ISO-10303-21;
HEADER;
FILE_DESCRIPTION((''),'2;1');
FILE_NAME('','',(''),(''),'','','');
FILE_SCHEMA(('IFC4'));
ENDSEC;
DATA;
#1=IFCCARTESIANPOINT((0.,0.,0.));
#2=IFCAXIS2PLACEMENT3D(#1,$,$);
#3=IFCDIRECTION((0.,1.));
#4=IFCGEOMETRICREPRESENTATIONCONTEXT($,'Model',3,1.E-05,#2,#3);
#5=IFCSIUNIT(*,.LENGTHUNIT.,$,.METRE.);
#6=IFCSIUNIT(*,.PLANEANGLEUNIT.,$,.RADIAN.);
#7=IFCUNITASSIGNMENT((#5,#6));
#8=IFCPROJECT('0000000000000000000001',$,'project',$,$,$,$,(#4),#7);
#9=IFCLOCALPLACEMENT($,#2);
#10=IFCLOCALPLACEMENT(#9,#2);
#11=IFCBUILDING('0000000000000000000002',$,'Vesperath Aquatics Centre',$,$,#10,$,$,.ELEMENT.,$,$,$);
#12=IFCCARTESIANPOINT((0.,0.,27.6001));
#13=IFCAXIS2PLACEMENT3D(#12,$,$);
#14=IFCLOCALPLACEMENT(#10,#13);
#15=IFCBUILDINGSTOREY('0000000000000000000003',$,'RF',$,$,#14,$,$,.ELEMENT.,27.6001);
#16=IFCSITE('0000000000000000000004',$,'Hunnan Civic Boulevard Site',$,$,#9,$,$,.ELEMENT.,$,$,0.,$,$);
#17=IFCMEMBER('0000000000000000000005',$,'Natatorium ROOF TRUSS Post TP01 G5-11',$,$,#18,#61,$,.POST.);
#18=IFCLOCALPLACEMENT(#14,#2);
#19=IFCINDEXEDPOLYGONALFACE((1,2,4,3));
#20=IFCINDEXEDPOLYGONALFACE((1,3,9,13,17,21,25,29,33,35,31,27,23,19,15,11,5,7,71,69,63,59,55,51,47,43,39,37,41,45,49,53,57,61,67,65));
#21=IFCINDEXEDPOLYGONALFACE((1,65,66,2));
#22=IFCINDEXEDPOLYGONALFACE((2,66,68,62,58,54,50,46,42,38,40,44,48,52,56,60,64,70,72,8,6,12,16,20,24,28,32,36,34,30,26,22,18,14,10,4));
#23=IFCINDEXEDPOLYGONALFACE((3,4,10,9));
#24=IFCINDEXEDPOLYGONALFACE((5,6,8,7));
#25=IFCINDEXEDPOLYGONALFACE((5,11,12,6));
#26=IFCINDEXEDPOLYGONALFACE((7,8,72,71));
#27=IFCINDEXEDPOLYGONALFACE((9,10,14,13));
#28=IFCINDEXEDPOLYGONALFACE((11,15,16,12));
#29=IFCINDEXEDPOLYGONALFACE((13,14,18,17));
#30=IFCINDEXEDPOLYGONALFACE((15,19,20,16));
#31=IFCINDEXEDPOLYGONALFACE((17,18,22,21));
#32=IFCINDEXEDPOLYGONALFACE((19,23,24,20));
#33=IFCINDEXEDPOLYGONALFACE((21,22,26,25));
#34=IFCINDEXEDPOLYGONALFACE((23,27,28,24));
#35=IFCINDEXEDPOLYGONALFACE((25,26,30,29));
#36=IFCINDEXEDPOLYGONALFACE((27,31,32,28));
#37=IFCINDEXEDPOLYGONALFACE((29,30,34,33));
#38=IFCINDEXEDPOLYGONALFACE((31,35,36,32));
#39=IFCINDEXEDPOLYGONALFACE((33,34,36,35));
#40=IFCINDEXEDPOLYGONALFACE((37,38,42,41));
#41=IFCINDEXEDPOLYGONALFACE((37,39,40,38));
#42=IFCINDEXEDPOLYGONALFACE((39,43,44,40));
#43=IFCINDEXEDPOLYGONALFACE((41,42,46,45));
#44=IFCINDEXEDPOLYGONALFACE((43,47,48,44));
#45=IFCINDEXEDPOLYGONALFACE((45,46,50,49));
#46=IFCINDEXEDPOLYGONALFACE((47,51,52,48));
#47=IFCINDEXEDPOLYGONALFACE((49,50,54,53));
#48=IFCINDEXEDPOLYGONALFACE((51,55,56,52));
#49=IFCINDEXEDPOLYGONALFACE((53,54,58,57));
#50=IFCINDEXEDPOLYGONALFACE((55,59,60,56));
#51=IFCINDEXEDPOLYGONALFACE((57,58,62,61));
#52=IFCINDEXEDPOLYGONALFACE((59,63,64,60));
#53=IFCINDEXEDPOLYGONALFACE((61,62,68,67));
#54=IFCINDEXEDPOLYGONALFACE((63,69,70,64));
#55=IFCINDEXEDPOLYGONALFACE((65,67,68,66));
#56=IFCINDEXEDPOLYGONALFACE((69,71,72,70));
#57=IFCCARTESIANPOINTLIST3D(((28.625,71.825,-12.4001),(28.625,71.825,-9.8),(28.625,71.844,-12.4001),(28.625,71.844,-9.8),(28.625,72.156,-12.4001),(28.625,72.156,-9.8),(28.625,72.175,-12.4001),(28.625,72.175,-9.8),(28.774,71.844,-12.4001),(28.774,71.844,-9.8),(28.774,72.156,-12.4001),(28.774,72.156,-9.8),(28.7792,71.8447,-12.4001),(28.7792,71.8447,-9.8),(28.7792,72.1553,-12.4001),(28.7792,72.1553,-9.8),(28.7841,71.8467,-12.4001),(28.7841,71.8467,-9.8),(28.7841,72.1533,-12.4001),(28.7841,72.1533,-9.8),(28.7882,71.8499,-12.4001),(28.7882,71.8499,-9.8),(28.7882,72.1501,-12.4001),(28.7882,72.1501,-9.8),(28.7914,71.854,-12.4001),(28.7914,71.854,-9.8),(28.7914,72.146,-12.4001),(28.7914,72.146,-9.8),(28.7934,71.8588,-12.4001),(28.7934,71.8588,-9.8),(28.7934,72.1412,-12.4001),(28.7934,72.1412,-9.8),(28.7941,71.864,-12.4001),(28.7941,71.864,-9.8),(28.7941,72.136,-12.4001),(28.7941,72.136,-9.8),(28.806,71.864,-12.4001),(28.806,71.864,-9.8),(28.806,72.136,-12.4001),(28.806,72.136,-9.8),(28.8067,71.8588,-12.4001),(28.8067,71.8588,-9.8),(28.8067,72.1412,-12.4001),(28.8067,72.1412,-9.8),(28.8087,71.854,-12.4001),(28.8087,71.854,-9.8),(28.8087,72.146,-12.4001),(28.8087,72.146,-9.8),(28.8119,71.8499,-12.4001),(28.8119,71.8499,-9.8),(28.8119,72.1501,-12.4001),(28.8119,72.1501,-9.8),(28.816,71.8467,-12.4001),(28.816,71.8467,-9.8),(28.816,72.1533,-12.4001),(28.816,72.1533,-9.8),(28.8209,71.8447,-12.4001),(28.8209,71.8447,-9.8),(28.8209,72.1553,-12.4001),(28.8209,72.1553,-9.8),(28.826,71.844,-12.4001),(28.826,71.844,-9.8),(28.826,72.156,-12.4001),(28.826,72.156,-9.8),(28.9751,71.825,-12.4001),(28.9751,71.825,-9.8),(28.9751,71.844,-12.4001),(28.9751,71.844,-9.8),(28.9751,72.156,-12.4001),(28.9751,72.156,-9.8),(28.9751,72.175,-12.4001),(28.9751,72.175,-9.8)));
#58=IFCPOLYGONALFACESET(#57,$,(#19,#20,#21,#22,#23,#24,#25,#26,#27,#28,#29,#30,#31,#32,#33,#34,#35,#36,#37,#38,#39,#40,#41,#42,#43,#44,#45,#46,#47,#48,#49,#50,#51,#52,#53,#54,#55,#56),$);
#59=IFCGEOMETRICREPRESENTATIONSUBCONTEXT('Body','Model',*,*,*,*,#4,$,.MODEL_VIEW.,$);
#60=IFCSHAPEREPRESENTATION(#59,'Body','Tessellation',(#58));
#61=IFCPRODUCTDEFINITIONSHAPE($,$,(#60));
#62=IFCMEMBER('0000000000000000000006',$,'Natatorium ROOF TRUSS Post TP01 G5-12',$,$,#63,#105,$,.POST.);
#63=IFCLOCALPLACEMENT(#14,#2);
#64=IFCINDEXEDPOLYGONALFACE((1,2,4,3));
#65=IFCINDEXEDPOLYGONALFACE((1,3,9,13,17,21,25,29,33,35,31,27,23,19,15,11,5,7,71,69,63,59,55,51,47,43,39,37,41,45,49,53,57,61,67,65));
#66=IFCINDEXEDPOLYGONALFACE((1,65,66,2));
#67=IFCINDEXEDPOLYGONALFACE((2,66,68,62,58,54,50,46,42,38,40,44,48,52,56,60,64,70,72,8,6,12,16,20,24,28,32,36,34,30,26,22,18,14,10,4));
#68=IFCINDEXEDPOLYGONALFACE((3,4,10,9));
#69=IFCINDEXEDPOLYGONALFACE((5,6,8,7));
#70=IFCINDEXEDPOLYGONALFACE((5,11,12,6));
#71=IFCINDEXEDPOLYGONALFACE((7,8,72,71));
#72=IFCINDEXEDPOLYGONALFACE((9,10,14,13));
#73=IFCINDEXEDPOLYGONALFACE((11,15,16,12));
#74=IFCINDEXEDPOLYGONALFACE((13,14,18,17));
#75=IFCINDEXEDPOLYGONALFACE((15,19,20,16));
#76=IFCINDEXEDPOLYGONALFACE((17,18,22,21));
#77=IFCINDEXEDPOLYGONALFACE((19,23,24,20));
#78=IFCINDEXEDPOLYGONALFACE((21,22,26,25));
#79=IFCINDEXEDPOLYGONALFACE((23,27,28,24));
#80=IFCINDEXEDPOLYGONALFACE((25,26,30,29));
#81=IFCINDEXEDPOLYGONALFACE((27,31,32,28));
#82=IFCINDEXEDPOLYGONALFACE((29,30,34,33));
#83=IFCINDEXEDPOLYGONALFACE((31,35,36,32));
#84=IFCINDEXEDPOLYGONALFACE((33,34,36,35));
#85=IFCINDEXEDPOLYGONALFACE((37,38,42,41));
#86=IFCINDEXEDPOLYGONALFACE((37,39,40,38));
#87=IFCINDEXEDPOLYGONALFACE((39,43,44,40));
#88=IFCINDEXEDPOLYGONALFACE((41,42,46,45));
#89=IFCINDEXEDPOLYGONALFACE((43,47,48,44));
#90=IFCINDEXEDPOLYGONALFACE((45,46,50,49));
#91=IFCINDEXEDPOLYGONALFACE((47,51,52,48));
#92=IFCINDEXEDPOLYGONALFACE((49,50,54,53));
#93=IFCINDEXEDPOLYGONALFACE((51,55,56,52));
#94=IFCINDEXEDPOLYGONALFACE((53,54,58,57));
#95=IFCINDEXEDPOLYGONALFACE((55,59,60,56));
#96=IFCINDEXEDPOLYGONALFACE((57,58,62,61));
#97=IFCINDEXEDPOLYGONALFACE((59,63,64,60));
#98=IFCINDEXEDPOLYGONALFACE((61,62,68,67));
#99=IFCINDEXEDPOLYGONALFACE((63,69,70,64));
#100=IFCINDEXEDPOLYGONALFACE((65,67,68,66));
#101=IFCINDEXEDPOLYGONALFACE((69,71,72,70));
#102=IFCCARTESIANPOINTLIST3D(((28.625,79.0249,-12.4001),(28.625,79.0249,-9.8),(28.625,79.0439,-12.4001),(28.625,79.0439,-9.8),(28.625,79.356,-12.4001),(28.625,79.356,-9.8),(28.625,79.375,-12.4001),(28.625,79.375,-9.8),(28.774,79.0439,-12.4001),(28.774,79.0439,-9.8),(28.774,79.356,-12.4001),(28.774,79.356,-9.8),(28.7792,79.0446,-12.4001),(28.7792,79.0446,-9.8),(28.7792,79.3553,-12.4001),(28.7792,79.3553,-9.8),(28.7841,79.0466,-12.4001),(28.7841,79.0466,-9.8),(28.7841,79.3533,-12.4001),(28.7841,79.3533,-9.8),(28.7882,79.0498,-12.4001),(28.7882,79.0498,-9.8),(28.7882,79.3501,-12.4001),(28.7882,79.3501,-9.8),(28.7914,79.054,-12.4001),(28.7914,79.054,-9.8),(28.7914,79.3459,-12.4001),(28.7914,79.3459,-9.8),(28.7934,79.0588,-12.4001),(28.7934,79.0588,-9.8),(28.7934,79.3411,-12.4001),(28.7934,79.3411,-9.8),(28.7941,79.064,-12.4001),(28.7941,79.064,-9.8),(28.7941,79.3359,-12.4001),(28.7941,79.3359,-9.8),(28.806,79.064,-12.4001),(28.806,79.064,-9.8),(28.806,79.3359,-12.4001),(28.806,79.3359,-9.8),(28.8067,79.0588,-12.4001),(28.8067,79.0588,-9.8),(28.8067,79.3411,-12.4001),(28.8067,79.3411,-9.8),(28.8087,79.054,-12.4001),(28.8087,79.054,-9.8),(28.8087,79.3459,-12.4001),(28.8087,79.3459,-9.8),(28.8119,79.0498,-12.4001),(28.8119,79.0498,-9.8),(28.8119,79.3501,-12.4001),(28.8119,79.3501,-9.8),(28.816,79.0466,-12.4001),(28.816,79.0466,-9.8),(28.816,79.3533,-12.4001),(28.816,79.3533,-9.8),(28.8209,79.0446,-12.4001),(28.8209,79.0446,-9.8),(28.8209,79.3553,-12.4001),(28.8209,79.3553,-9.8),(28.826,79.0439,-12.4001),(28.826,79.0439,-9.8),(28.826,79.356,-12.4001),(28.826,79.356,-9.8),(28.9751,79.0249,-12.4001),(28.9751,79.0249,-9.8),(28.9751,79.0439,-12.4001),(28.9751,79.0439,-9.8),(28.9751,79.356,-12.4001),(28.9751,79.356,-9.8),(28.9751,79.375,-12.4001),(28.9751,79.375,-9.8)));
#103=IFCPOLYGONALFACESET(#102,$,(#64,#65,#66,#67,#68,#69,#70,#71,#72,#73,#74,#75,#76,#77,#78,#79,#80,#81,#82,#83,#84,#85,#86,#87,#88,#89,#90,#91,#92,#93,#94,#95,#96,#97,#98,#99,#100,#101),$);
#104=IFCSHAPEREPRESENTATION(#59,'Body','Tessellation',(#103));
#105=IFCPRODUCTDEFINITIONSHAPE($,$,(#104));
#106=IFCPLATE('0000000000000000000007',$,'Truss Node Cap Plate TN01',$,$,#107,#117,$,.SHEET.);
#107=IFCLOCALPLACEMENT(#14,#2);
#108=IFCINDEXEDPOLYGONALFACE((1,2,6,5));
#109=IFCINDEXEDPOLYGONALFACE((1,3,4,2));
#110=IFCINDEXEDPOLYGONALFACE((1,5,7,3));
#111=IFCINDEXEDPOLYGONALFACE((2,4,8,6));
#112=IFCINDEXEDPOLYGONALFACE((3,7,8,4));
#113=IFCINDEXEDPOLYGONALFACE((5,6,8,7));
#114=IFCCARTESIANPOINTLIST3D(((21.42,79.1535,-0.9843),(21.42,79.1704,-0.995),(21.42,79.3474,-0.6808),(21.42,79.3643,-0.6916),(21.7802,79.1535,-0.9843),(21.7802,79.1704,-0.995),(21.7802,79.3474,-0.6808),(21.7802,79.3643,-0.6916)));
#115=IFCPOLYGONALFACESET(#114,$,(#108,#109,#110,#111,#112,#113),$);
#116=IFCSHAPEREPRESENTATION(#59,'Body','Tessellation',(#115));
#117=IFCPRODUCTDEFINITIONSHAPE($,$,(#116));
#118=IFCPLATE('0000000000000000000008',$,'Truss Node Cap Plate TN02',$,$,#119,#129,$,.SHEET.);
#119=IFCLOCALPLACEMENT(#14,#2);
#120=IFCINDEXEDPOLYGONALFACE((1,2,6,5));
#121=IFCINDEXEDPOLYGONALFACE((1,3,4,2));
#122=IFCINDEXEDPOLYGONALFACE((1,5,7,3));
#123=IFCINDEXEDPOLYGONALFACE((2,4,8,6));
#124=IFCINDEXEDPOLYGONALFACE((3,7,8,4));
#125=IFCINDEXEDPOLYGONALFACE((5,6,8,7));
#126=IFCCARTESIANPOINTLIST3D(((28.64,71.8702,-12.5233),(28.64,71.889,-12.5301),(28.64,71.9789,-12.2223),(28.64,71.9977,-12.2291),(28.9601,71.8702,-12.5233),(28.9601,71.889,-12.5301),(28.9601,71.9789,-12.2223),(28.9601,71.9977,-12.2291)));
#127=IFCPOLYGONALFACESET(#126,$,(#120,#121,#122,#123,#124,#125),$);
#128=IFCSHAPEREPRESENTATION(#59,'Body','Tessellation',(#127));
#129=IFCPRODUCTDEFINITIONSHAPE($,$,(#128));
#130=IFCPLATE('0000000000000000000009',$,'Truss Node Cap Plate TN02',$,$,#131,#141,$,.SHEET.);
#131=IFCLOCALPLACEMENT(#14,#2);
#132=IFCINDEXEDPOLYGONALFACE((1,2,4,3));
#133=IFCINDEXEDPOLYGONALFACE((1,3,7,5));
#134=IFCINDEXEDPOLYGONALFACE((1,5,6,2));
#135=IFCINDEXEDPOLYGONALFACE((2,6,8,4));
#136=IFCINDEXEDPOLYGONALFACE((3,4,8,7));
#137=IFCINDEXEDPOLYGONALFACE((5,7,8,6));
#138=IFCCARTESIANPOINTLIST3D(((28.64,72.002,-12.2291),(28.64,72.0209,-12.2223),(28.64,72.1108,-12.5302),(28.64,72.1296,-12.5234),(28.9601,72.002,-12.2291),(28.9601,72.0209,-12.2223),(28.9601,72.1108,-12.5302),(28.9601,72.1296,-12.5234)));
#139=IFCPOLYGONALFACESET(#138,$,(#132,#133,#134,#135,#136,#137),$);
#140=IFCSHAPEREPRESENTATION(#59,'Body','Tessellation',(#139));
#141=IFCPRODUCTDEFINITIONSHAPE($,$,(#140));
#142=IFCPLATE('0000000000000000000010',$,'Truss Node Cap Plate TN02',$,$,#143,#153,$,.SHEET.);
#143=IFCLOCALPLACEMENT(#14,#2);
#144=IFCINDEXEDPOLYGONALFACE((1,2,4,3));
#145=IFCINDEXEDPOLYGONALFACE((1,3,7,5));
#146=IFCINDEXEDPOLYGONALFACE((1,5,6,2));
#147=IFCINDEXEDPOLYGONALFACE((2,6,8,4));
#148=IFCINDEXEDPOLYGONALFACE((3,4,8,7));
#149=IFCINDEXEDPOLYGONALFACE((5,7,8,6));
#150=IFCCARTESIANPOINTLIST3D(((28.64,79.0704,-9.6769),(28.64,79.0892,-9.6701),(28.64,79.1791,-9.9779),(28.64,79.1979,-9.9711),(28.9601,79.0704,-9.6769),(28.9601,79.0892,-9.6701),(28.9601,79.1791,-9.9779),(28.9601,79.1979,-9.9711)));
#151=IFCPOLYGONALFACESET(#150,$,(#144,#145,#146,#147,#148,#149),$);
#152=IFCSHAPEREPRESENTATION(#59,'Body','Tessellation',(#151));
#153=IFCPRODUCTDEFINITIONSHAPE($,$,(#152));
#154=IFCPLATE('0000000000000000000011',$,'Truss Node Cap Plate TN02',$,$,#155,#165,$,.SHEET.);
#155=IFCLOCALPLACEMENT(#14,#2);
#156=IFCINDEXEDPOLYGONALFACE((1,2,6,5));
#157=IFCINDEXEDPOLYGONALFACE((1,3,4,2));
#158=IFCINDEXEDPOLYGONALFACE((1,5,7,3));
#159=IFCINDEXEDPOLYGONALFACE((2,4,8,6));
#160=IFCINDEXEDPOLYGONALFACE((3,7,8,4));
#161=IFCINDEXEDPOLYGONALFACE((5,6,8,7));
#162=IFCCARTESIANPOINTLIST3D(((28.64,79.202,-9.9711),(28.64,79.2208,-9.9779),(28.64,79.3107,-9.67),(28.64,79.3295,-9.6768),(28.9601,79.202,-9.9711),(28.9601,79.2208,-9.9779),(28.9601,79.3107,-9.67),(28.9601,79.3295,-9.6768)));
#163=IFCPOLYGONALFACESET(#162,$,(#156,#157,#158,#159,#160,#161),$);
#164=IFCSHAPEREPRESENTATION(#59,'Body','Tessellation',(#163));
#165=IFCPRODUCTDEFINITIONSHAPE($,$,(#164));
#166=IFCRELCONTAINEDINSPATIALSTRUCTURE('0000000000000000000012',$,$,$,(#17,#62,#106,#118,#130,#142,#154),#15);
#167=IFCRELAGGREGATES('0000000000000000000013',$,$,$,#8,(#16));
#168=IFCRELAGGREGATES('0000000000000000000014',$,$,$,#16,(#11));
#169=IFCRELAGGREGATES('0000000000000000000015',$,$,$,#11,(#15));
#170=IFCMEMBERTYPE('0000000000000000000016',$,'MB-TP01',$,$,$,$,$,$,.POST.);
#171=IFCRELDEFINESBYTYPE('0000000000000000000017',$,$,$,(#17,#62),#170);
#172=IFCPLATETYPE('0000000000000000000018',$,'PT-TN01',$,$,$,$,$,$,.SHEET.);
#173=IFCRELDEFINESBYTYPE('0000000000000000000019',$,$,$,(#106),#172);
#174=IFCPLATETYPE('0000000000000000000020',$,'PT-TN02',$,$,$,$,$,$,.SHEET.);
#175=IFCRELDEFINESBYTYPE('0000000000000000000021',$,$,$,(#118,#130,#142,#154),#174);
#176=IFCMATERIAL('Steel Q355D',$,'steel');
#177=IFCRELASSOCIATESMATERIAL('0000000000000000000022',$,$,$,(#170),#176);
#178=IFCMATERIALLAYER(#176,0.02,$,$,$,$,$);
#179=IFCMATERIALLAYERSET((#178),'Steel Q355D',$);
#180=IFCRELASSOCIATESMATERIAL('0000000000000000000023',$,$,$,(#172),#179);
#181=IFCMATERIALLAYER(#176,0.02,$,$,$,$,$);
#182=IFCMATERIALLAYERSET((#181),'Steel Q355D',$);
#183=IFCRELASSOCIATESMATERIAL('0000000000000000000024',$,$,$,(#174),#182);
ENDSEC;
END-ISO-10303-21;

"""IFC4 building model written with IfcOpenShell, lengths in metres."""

from ifc_helpers import new_model, si_unit, direction, frame, origin, origin_2d, place, context, subcontext, project, spatial, rectangle, i_section, extrude, material, layer, layer_set, material_profile, profile_set, type_object, element, save


model = new_model("IFC4")

# Units and contexts
model_context = context("Model", 3, precision=1e-05, world=origin(), true_north=direction((0.0, 1.0)))
body_context = subcontext(model_context, "Body", "Model", "MODEL_VIEW")
ifc_project = project(units=[si_unit("LENGTHUNIT", "METRE"), si_unit("PLANEANGLEUNIT", "RADIAN")], contexts=[model_context])

# Site, building, storey
site_placement = place(None, origin())
site = spatial("IfcSite", under=ifc_project, at=site_placement, Name="Hunnan Civic Boulevard Site", CompositionType="ELEMENT", RefElevation=0.0)
building_placement = place(site_placement, origin())
building = spatial("IfcBuilding", under=site, at=building_placement, Name="Vesperath Aquatics Centre", CompositionType="ELEMENT")
storey_placement = place(building_placement, frame((0.0, 0.0, 27.6001)))
storey = spatial("IfcBuildingStorey", under=building, at=storey_placement, Name="RF", CompositionType="ELEMENT", Elevation=27.6001)

# Members
ifc_material_1 = material(Name="Steel Q355D", Category="steel")
ifc_material_profile_1 = material_profile(ifc_material_1, i_section(OverallWidth=0.3501, OverallDepth=0.3501, WebThickness=0.012, FlangeThickness=0.019, FilletRadius=0.02, at=origin_2d()), Name="HW 350x350x12x19")
ifc_profile_set_1 = profile_set([ifc_material_profile_1], Name="Steel Q355D")
member_type_1 = type_object("IfcMemberType", Name="MB-TP01", PredefinedType="POST", material=ifc_profile_set_1)
for number, where, z_axis, x_axis, name in (
    (1, (28.8, 72.0, -12.4001), (0.0, 0.0, 1.0), (1.0, 0.0, 0.0), "Natatorium ROOF TRUSS Post TP01 G5-11"),
    (2, (28.8, 79.2, -12.4001), (0.0, 0.0, 1.0), (1.0, 0.0, 0.0), "Natatorium ROOF TRUSS Post TP01 G5-12"),
):
    element("IfcMember", number, at=place(storey_placement, frame(where, z_axis=z_axis, x_axis=x_axis)), inside=storey, type_object=member_type_1, Name=name, PredefinedType="POST", context=body_context, shape_type="SweptSolid", body=[
        extrude(i_section(OverallWidth=0.3501, OverallDepth=0.3501, WebThickness=0.012, FlangeThickness=0.019, FilletRadius=0.02, at=origin_2d()), origin(), (0.0, 0.0, 1.0), 2.6001),
    ])

# Plates
ifc_layer_1 = layer(ifc_material_1, 0.02)
ifc_layer_set_1 = layer_set([ifc_layer_1], Name="Steel Q355D")
plate_type_1 = type_object("IfcPlateType", Name="PT-TN01", PredefinedType="SHEET", material=ifc_layer_set_1)
plate_placement = place(storey_placement, frame((21.6001, 79.2505, -0.8325), z_axis=(0.0, 0.842696, -0.538389), x_axis=(-1.0, 0.0, 0.0)))
element("IfcPlate", 3, at=plate_placement, inside=storey, type_object=plate_type_1, Name="Truss Node Cap Plate TN01", PredefinedType="SHEET", context=body_context, shape_type="SweptSolid", body=[
    extrude(rectangle(XDim=0.3601, YDim=0.3601, at=origin_2d()), origin(), (0.0, 0.0, 1.0), 0.02),
])
ifc_layer_2 = layer(ifc_material_1, 0.02)
ifc_layer_set_2 = layer_set([ifc_layer_2], Name="Steel Q355D")
plate_type_2 = type_object("IfcPlateType", Name="PT-TN02", PredefinedType="SHEET", material=ifc_layer_set_2)
for number, where, z_axis, x_axis, name in (
    (4, (28.8, 71.9246, -12.3728), (0.0, 0.940554, -0.339644), (-1.0, 0.0, 0.0), "Truss Node Cap Plate TN02"),
    (5, (28.8, 72.0564, -12.3796), (0.0, 0.940554, 0.339644), (-1.0, 0.0, 0.0), "Truss Node Cap Plate TN02"),
    (6, (28.8, 79.1248, -9.8274), (0.0, 0.940554, 0.339644), (-1.0, 0.0, 0.0), "Truss Node Cap Plate TN02"),
    (7, (28.8, 79.2563, -9.8206), (0.0, 0.940554, -0.339644), (-1.0, 0.0, 0.0), "Truss Node Cap Plate TN02"),
):
    element("IfcPlate", number, at=place(storey_placement, frame(where, z_axis=z_axis, x_axis=x_axis)), inside=storey, type_object=plate_type_2, Name=name, PredefinedType="SHEET", context=body_context, shape_type="SweptSolid", body=[
        extrude(rectangle(XDim=0.3201, YDim=0.3201, at=origin_2d()), origin(), (0.0, 0.0, 1.0), 0.02),
    ])

save(model, "model.ifc")
